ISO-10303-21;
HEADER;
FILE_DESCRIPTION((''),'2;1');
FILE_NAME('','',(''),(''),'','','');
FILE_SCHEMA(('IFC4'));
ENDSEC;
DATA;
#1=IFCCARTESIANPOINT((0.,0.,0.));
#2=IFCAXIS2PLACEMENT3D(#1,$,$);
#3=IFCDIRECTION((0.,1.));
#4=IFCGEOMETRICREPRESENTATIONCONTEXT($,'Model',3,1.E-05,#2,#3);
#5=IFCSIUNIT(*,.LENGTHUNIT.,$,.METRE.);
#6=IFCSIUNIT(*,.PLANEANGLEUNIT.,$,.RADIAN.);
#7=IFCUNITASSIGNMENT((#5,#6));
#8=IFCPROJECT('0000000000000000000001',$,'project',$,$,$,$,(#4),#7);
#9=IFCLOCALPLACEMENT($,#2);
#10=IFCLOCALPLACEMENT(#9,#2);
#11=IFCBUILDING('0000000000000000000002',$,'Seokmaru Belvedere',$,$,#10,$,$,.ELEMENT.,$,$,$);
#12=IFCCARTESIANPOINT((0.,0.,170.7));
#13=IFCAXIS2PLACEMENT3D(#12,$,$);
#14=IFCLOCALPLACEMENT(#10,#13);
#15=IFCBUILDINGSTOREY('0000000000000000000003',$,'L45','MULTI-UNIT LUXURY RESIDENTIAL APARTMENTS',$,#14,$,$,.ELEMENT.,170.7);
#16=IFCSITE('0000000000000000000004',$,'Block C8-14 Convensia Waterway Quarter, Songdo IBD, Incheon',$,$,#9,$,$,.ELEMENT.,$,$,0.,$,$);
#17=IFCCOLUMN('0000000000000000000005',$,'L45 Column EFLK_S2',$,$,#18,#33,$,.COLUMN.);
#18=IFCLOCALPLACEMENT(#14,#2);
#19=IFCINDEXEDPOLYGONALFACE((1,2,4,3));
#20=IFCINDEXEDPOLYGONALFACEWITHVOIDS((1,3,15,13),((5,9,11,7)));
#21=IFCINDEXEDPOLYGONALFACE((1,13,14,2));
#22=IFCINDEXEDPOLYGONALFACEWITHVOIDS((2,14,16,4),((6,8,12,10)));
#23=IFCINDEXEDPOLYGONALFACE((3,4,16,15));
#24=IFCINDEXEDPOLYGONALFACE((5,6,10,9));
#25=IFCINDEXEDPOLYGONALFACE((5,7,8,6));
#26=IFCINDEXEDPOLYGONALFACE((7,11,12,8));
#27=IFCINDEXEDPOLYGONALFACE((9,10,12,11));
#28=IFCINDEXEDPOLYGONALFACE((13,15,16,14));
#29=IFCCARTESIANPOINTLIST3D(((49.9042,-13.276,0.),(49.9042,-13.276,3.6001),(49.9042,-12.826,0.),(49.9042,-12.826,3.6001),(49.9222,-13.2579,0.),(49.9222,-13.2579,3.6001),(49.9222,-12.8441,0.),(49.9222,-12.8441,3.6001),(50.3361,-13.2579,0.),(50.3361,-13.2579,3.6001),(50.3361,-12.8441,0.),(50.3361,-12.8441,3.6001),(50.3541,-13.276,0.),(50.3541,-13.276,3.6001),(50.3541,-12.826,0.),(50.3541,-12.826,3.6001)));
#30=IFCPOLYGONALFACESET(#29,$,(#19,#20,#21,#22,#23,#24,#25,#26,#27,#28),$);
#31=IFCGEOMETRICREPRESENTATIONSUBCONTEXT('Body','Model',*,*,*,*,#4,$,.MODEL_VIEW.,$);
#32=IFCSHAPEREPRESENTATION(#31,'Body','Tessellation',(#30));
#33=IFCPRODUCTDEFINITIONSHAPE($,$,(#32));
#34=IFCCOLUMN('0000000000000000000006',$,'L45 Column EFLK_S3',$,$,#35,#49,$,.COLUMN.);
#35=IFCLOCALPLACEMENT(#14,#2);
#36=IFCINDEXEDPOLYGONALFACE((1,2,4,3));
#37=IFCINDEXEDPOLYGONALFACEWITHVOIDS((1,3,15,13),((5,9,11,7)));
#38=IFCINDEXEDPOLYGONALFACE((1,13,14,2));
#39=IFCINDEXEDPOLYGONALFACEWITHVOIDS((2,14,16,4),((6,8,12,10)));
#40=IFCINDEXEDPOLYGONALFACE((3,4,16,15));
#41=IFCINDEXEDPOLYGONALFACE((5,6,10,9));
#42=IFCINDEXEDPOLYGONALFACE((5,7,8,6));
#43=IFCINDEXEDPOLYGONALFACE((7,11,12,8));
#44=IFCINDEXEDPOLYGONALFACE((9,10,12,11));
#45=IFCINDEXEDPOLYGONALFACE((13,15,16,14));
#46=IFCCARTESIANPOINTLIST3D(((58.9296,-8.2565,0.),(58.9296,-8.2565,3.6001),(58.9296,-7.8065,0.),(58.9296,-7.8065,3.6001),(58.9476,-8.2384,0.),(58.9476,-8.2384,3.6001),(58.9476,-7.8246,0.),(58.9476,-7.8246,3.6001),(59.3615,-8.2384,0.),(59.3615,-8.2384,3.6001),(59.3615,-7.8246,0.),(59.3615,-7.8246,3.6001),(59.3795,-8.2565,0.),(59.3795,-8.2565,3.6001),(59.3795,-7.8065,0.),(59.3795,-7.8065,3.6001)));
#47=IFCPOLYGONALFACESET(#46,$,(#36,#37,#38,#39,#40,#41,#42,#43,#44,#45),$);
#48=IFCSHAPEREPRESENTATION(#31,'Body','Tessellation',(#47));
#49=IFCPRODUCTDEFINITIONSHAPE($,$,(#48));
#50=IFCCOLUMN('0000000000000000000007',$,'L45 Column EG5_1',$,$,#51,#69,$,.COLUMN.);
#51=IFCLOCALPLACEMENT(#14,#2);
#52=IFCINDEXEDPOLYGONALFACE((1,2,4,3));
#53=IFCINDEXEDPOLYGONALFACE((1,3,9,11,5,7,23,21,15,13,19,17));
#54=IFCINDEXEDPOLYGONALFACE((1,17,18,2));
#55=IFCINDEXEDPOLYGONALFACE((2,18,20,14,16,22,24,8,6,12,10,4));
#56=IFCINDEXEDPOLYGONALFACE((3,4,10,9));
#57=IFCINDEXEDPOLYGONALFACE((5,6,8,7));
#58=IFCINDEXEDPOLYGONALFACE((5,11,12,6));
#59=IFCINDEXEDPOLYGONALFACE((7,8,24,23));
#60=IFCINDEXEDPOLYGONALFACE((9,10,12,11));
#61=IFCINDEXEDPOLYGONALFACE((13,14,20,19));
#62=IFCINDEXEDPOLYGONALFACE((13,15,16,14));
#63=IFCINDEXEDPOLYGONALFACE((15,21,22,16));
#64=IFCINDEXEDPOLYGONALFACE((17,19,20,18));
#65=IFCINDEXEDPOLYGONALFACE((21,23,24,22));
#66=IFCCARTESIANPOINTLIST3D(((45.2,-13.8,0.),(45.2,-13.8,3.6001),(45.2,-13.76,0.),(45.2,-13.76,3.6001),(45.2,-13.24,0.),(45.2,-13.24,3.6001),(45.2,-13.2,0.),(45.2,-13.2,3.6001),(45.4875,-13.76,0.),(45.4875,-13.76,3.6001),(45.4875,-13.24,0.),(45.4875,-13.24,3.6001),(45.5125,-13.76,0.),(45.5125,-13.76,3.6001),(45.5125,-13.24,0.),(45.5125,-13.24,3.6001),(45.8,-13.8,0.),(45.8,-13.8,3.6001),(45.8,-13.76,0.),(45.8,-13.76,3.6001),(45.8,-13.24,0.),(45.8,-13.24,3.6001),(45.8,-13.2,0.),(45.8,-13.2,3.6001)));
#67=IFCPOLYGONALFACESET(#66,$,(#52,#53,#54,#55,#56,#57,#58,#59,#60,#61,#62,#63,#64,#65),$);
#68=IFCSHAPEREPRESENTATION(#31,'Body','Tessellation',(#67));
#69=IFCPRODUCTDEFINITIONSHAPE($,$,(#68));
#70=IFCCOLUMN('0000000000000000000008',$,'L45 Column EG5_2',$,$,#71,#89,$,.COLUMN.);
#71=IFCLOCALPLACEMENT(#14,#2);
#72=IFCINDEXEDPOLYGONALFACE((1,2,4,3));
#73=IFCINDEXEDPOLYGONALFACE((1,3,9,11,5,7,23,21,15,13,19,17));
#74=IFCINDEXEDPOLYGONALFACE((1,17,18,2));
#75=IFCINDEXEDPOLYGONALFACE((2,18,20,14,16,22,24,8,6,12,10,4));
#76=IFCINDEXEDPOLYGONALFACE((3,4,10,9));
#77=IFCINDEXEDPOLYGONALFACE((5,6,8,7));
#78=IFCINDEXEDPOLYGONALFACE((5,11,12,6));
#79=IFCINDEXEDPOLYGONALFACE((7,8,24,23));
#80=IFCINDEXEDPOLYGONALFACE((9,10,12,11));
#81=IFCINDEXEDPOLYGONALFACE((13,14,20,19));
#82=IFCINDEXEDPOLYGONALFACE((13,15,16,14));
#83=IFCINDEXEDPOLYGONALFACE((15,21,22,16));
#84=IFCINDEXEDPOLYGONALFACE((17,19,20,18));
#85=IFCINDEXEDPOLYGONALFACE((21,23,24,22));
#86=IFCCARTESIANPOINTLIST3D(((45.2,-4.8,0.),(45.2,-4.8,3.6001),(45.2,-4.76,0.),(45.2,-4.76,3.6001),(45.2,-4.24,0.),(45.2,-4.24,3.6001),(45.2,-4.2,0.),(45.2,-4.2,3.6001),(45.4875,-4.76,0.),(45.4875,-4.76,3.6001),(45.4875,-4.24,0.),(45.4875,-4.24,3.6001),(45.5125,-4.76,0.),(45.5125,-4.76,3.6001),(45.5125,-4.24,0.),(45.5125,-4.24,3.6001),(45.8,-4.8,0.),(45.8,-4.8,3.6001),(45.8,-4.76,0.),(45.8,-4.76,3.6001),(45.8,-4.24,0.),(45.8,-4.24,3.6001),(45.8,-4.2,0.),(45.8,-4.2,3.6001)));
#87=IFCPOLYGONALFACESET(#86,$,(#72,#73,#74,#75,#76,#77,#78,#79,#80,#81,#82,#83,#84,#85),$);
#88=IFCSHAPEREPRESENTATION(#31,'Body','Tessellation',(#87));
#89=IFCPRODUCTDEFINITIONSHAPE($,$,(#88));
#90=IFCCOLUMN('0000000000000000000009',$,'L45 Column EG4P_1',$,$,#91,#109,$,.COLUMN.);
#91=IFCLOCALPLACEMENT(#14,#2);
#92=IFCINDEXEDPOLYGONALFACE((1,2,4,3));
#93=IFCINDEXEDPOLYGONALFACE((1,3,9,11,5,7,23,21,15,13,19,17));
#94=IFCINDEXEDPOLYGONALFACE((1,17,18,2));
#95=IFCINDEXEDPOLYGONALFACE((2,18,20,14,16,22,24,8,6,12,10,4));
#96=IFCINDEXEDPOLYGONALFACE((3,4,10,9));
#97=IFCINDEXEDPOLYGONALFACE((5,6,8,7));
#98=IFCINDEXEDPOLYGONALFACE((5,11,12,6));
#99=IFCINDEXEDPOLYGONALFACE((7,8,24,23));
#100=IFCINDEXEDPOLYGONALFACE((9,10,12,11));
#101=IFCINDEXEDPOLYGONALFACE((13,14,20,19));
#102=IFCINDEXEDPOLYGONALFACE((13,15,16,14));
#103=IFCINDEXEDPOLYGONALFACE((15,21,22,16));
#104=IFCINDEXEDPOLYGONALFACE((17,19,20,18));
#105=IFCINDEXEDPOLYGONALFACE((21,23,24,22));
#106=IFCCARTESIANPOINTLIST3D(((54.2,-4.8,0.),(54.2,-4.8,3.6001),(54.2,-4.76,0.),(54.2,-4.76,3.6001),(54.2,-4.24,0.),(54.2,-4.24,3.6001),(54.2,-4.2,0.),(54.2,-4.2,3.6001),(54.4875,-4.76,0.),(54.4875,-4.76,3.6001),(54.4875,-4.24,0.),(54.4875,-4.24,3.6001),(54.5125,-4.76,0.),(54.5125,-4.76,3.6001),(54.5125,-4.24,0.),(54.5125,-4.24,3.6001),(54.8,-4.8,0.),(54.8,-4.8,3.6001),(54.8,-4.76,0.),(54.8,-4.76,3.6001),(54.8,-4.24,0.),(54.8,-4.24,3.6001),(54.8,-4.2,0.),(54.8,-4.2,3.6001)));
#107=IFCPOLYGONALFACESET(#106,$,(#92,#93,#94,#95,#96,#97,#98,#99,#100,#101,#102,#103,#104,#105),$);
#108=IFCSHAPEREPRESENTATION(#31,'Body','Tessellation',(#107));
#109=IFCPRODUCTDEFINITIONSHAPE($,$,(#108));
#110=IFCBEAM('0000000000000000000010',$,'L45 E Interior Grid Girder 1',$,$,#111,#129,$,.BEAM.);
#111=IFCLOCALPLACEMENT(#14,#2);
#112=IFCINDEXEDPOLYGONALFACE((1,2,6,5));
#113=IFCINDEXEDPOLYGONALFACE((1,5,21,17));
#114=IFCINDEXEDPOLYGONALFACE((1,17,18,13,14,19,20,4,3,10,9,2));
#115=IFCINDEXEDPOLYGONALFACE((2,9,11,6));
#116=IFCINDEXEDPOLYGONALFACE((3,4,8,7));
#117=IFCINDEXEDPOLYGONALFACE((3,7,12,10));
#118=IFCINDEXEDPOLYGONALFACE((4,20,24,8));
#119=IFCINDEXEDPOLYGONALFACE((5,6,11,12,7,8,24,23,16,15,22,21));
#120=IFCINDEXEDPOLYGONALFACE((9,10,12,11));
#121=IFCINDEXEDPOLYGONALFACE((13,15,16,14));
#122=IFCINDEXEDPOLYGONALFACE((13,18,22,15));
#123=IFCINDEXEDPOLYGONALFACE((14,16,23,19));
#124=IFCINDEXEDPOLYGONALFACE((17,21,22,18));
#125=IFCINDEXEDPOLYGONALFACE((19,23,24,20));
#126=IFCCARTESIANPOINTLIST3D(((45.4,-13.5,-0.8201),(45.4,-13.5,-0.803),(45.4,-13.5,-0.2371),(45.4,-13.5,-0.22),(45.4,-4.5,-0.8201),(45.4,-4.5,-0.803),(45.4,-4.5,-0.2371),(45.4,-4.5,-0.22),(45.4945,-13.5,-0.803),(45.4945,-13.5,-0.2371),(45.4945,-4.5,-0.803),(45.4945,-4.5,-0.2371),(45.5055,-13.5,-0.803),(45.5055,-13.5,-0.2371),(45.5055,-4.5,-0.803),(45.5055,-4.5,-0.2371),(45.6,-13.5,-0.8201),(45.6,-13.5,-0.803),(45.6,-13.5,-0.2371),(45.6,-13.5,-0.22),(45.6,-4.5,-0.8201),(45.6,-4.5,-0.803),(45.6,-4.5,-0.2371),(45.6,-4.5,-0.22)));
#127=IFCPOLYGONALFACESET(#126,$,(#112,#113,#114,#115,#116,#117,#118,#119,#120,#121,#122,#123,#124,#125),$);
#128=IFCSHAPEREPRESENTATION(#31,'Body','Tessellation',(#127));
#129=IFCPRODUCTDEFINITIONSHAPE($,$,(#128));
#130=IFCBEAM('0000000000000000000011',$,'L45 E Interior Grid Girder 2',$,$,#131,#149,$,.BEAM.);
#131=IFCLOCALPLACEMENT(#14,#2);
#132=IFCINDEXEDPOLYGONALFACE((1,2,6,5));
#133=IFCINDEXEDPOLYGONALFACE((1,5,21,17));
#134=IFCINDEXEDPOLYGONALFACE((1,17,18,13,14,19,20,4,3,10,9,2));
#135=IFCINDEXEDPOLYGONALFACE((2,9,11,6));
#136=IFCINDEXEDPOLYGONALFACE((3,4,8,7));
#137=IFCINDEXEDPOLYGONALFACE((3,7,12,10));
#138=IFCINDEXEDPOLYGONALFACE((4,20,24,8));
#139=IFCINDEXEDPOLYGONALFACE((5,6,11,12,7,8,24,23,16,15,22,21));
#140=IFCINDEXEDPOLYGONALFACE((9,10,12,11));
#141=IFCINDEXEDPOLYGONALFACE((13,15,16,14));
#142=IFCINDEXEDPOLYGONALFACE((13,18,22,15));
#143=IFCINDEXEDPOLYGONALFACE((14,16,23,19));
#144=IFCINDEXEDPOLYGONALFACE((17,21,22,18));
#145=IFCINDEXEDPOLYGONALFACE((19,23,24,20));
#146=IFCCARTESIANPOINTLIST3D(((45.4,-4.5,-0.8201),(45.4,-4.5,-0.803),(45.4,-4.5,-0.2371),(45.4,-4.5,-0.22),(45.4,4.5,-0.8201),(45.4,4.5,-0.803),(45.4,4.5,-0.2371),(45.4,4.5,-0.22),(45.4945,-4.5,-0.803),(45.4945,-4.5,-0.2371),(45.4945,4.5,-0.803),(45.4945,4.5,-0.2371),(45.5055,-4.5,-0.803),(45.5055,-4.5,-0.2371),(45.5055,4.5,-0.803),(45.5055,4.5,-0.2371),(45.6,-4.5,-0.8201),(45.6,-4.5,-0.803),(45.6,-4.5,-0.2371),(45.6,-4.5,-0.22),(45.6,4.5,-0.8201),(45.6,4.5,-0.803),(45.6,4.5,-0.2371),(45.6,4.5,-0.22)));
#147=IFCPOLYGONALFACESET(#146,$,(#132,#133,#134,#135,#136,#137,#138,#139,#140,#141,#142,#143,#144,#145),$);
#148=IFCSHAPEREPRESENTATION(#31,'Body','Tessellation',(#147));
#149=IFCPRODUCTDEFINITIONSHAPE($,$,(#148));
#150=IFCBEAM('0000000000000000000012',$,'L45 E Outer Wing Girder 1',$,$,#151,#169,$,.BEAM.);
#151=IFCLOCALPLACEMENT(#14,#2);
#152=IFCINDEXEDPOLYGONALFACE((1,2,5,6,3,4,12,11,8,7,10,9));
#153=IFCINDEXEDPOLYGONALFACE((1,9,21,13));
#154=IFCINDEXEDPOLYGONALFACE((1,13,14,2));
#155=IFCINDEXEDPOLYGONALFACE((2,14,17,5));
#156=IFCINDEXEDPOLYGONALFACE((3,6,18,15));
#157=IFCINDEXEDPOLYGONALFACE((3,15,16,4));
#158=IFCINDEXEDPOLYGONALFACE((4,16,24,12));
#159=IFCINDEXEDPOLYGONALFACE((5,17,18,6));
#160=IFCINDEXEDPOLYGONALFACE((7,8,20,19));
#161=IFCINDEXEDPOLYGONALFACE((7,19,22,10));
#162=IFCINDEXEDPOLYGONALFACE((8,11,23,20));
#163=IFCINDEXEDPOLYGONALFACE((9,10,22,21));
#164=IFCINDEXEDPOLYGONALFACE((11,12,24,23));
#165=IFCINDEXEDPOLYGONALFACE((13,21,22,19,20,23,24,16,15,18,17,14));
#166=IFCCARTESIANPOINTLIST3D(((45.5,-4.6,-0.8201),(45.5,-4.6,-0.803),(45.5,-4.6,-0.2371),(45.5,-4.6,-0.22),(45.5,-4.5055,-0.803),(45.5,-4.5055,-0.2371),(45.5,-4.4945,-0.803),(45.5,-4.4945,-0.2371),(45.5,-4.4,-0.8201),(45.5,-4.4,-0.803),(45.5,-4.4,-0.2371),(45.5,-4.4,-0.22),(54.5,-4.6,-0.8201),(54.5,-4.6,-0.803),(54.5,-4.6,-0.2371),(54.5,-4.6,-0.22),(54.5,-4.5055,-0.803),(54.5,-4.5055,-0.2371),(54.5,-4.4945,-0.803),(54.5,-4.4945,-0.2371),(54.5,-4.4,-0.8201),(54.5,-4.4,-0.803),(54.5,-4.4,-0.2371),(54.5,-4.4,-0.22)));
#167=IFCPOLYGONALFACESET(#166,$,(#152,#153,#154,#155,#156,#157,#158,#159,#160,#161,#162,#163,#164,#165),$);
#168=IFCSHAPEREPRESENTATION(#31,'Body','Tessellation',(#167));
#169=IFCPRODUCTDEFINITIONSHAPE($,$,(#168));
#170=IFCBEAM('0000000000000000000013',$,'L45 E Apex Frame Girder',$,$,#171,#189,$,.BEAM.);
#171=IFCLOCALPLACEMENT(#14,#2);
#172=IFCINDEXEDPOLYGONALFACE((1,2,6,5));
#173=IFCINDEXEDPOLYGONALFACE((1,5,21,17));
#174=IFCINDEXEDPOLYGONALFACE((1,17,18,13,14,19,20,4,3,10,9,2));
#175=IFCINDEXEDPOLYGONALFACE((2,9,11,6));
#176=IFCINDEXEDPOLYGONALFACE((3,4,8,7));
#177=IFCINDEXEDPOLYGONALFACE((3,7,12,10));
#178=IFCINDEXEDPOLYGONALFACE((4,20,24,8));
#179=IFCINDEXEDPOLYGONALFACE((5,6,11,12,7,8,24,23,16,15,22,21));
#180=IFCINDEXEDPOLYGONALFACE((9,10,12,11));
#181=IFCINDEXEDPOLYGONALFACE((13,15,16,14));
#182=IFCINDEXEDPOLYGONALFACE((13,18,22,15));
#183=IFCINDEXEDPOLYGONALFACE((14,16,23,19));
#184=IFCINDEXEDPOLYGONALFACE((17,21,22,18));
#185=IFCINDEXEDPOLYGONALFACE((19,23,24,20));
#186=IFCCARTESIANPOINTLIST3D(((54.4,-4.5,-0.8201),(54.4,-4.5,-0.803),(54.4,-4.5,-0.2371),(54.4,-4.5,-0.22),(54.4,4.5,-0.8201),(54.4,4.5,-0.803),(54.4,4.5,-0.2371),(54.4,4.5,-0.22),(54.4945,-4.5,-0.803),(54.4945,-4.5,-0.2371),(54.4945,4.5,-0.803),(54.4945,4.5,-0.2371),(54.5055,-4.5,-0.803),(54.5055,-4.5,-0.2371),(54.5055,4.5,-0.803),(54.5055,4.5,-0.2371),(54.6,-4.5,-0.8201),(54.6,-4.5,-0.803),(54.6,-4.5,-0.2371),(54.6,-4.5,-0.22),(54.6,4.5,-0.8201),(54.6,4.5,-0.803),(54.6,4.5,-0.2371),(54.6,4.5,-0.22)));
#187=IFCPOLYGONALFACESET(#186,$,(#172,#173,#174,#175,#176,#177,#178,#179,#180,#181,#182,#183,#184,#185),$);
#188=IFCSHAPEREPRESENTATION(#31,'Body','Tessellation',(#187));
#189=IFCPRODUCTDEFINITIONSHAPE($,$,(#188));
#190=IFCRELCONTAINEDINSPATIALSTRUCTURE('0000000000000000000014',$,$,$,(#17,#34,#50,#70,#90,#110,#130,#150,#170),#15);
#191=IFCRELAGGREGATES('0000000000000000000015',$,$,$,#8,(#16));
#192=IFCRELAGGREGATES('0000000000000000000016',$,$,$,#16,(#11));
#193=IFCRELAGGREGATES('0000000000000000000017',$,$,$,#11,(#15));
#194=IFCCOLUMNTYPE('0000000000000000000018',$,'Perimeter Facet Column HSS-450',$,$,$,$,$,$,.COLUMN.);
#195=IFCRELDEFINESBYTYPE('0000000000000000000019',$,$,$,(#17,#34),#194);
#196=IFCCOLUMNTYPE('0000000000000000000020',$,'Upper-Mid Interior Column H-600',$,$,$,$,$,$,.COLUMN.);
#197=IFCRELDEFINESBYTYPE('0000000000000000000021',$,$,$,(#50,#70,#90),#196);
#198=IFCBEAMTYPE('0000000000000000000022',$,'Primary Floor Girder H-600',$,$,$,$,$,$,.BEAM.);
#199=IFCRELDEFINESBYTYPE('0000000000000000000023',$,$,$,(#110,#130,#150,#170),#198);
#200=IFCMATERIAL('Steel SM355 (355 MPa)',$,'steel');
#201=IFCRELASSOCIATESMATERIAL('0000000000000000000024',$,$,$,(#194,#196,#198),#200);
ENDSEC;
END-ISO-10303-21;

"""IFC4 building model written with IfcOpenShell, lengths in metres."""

from ifc_helpers import new_model, si_unit, direction, frame, origin, origin_2d, place, context, subcontext, project, spatial, hollow_rectangle, i_section, extrude, source, transform, mapped, material, material_profile, profile_set, type_object, type_shapes, element, save


model = new_model("IFC4")

# Units and contexts
model_context = context("Model", 3, precision=1e-05, world=origin(), true_north=direction((0.0, 1.0)))
body_context = subcontext(model_context, "Body", "Model", "MODEL_VIEW")
ifc_project = project(units=[si_unit("LENGTHUNIT", "METRE"), si_unit("PLANEANGLEUNIT", "RADIAN")], contexts=[model_context])

# Site, building, storey
site_placement = place(None, origin())
site = spatial("IfcSite", under=ifc_project, at=site_placement, Name="Block C8-14 Convensia Waterway Quarter, Songdo IBD, Incheon", CompositionType="ELEMENT", RefElevation=0.0)
building_placement = place(site_placement, origin())
building = spatial("IfcBuilding", under=site, at=building_placement, Name="Seokmaru Belvedere", CompositionType="ELEMENT")
storey_placement = place(building_placement, frame((0.0, 0.0, 170.7)))
storey = spatial("IfcBuildingStorey", under=building, at=storey_placement, Name="L45", Description="MULTI-UNIT LUXURY RESIDENTIAL APARTMENTS", CompositionType="ELEMENT", Elevation=170.7)

# Columns
ifc_material_1 = material(Name="Steel SM355 (355 MPa)", Category="steel")
ifc_material_profile_1 = material_profile(ifc_material_1, hollow_rectangle(XDim=0.45, YDim=0.45, WallThickness=0.0181, at=origin_2d()), Name="HSS-450x450x18")
ifc_profile_set_1 = profile_set([ifc_material_profile_1], Name="Steel SM355 (355 MPa)")
column_type_1 = type_object("IfcColumnType", Name="Perimeter Facet Column HSS-450", PredefinedType="COLUMN", material=ifc_profile_set_1)
shared_shape_1 = source(origin(), body_context, "Body", "SweptSolid", [
    extrude(hollow_rectangle(XDim=0.45, YDim=0.45, WallThickness=0.0181, at=origin_2d()), origin(), (0.0, 0.0, 1.0), 3.6001),
])
type_shapes(column_type_1, [shared_shape_1])
for number, where, z_axis, x_axis, name in (
    (1, (50.1292, -13.051, 0.0), (0.0, 0.0, 1.0), (1.0, 0.0, 0.0), "L45 Column EFLK_S2"),
    (2, (59.1545, -8.0315, 0.0), (0.0, 0.0, 1.0), (1.0, 0.0, 0.0), "L45 Column EFLK_S3"),
):
    element("IfcColumn", number, at=place(storey_placement, frame(where, z_axis=z_axis, x_axis=x_axis)), inside=storey, type_object=column_type_1, Name=name, PredefinedType="COLUMN", context=body_context, shape_type="MappedRepresentation", body=[
        mapped(shared_shape_1, transform((0.0, 0.0, 0.0), scale=1.0)),
    ])
ifc_material_profile_2 = material_profile(ifc_material_1, i_section(OverallWidth=0.6001, OverallDepth=0.6001, WebThickness=0.0249, FlangeThickness=0.04, at=origin_2d()), Name="H-600x600x25x40")
ifc_profile_set_2 = profile_set([ifc_material_profile_2], Name="Steel SM355 (355 MPa)")
column_type_2 = type_object("IfcColumnType", Name="Upper-Mid Interior Column H-600", PredefinedType="COLUMN", material=ifc_profile_set_2)
shared_shape_2 = source(origin(), body_context, "Body", "SweptSolid", [
    extrude(i_section(OverallWidth=0.6001, OverallDepth=0.6001, WebThickness=0.0249, FlangeThickness=0.04, at=origin_2d()), origin(), (0.0, 0.0, 1.0), 3.6001),
])
type_shapes(column_type_2, [shared_shape_2])
for number, where, z_axis, x_axis, name in (
    (3, (45.5, -13.5, 0.0), (0.0, 0.0, 1.0), (1.0, 0.0, 0.0), "L45 Column EG5_1"),
    (4, (45.5, -4.5, 0.0), (0.0, 0.0, 1.0), (1.0, 0.0, 0.0), "L45 Column EG5_2"),
    (5, (54.5, -4.5, 0.0), (0.0, 0.0, 1.0), (1.0, 0.0, 0.0), "L45 Column EG4P_1"),
):
    element("IfcColumn", number, at=place(storey_placement, frame(where, z_axis=z_axis, x_axis=x_axis)), inside=storey, type_object=column_type_2, Name=name, PredefinedType="COLUMN", context=body_context, shape_type="MappedRepresentation", body=[
        mapped(shared_shape_2, transform((0.0, 0.0, 0.0), scale=1.0)),
    ])

# Beams
ifc_material_profile_3 = material_profile(ifc_material_1, i_section(OverallWidth=0.2, OverallDepth=0.6001, WebThickness=0.011, FlangeThickness=0.0171, at=origin_2d()), Name="H-600x200x11x17")
ifc_profile_set_3 = profile_set([ifc_material_profile_3], Name="Steel SM355 (355 MPa)")
beam_type_1 = type_object("IfcBeamType", Name="Primary Floor Girder H-600", PredefinedType="BEAM", material=ifc_profile_set_3)
shared_shape_3 = source(origin(), body_context, "Body", "SweptSolid", [
    extrude(i_section(OverallWidth=0.2, OverallDepth=0.6001, WebThickness=0.011, FlangeThickness=0.0171, at=origin_2d()), origin(), (0.0, 0.0, 1.0), 9.0),
])
for number, where, z_axis, x_axis, name in (
    (6, (45.5, -13.5, -0.52), (0.0, 1.0, 0.0), (-1.0, 0.0, 0.0), "L45 E Interior Grid Girder 1"),
    (7, (45.5, -4.5, -0.52), (0.0, 1.0, 0.0), (-1.0, 0.0, 0.0), "L45 E Interior Grid Girder 2"),
    (8, (45.5, -4.5, -0.52), (1.0, 0.0, 0.0), (0.0, 1.0, 0.0), "L45 E Outer Wing Girder 1"),
    (9, (54.5, -4.5, -0.52), (0.0, 1.0, 0.0), (-1.0, 0.0, 0.0), "L45 E Apex Frame Girder"),
):
    element("IfcBeam", number, at=place(storey_placement, frame(where, z_axis=z_axis, x_axis=x_axis)), inside=storey, type_object=beam_type_1, Name=name, PredefinedType="BEAM", context=body_context, shape_type="MappedRepresentation", body=[
        mapped(shared_shape_3, transform((0.0, 0.0, 0.0), scale=1.0)),
    ])

save(model, "model.ifc")
